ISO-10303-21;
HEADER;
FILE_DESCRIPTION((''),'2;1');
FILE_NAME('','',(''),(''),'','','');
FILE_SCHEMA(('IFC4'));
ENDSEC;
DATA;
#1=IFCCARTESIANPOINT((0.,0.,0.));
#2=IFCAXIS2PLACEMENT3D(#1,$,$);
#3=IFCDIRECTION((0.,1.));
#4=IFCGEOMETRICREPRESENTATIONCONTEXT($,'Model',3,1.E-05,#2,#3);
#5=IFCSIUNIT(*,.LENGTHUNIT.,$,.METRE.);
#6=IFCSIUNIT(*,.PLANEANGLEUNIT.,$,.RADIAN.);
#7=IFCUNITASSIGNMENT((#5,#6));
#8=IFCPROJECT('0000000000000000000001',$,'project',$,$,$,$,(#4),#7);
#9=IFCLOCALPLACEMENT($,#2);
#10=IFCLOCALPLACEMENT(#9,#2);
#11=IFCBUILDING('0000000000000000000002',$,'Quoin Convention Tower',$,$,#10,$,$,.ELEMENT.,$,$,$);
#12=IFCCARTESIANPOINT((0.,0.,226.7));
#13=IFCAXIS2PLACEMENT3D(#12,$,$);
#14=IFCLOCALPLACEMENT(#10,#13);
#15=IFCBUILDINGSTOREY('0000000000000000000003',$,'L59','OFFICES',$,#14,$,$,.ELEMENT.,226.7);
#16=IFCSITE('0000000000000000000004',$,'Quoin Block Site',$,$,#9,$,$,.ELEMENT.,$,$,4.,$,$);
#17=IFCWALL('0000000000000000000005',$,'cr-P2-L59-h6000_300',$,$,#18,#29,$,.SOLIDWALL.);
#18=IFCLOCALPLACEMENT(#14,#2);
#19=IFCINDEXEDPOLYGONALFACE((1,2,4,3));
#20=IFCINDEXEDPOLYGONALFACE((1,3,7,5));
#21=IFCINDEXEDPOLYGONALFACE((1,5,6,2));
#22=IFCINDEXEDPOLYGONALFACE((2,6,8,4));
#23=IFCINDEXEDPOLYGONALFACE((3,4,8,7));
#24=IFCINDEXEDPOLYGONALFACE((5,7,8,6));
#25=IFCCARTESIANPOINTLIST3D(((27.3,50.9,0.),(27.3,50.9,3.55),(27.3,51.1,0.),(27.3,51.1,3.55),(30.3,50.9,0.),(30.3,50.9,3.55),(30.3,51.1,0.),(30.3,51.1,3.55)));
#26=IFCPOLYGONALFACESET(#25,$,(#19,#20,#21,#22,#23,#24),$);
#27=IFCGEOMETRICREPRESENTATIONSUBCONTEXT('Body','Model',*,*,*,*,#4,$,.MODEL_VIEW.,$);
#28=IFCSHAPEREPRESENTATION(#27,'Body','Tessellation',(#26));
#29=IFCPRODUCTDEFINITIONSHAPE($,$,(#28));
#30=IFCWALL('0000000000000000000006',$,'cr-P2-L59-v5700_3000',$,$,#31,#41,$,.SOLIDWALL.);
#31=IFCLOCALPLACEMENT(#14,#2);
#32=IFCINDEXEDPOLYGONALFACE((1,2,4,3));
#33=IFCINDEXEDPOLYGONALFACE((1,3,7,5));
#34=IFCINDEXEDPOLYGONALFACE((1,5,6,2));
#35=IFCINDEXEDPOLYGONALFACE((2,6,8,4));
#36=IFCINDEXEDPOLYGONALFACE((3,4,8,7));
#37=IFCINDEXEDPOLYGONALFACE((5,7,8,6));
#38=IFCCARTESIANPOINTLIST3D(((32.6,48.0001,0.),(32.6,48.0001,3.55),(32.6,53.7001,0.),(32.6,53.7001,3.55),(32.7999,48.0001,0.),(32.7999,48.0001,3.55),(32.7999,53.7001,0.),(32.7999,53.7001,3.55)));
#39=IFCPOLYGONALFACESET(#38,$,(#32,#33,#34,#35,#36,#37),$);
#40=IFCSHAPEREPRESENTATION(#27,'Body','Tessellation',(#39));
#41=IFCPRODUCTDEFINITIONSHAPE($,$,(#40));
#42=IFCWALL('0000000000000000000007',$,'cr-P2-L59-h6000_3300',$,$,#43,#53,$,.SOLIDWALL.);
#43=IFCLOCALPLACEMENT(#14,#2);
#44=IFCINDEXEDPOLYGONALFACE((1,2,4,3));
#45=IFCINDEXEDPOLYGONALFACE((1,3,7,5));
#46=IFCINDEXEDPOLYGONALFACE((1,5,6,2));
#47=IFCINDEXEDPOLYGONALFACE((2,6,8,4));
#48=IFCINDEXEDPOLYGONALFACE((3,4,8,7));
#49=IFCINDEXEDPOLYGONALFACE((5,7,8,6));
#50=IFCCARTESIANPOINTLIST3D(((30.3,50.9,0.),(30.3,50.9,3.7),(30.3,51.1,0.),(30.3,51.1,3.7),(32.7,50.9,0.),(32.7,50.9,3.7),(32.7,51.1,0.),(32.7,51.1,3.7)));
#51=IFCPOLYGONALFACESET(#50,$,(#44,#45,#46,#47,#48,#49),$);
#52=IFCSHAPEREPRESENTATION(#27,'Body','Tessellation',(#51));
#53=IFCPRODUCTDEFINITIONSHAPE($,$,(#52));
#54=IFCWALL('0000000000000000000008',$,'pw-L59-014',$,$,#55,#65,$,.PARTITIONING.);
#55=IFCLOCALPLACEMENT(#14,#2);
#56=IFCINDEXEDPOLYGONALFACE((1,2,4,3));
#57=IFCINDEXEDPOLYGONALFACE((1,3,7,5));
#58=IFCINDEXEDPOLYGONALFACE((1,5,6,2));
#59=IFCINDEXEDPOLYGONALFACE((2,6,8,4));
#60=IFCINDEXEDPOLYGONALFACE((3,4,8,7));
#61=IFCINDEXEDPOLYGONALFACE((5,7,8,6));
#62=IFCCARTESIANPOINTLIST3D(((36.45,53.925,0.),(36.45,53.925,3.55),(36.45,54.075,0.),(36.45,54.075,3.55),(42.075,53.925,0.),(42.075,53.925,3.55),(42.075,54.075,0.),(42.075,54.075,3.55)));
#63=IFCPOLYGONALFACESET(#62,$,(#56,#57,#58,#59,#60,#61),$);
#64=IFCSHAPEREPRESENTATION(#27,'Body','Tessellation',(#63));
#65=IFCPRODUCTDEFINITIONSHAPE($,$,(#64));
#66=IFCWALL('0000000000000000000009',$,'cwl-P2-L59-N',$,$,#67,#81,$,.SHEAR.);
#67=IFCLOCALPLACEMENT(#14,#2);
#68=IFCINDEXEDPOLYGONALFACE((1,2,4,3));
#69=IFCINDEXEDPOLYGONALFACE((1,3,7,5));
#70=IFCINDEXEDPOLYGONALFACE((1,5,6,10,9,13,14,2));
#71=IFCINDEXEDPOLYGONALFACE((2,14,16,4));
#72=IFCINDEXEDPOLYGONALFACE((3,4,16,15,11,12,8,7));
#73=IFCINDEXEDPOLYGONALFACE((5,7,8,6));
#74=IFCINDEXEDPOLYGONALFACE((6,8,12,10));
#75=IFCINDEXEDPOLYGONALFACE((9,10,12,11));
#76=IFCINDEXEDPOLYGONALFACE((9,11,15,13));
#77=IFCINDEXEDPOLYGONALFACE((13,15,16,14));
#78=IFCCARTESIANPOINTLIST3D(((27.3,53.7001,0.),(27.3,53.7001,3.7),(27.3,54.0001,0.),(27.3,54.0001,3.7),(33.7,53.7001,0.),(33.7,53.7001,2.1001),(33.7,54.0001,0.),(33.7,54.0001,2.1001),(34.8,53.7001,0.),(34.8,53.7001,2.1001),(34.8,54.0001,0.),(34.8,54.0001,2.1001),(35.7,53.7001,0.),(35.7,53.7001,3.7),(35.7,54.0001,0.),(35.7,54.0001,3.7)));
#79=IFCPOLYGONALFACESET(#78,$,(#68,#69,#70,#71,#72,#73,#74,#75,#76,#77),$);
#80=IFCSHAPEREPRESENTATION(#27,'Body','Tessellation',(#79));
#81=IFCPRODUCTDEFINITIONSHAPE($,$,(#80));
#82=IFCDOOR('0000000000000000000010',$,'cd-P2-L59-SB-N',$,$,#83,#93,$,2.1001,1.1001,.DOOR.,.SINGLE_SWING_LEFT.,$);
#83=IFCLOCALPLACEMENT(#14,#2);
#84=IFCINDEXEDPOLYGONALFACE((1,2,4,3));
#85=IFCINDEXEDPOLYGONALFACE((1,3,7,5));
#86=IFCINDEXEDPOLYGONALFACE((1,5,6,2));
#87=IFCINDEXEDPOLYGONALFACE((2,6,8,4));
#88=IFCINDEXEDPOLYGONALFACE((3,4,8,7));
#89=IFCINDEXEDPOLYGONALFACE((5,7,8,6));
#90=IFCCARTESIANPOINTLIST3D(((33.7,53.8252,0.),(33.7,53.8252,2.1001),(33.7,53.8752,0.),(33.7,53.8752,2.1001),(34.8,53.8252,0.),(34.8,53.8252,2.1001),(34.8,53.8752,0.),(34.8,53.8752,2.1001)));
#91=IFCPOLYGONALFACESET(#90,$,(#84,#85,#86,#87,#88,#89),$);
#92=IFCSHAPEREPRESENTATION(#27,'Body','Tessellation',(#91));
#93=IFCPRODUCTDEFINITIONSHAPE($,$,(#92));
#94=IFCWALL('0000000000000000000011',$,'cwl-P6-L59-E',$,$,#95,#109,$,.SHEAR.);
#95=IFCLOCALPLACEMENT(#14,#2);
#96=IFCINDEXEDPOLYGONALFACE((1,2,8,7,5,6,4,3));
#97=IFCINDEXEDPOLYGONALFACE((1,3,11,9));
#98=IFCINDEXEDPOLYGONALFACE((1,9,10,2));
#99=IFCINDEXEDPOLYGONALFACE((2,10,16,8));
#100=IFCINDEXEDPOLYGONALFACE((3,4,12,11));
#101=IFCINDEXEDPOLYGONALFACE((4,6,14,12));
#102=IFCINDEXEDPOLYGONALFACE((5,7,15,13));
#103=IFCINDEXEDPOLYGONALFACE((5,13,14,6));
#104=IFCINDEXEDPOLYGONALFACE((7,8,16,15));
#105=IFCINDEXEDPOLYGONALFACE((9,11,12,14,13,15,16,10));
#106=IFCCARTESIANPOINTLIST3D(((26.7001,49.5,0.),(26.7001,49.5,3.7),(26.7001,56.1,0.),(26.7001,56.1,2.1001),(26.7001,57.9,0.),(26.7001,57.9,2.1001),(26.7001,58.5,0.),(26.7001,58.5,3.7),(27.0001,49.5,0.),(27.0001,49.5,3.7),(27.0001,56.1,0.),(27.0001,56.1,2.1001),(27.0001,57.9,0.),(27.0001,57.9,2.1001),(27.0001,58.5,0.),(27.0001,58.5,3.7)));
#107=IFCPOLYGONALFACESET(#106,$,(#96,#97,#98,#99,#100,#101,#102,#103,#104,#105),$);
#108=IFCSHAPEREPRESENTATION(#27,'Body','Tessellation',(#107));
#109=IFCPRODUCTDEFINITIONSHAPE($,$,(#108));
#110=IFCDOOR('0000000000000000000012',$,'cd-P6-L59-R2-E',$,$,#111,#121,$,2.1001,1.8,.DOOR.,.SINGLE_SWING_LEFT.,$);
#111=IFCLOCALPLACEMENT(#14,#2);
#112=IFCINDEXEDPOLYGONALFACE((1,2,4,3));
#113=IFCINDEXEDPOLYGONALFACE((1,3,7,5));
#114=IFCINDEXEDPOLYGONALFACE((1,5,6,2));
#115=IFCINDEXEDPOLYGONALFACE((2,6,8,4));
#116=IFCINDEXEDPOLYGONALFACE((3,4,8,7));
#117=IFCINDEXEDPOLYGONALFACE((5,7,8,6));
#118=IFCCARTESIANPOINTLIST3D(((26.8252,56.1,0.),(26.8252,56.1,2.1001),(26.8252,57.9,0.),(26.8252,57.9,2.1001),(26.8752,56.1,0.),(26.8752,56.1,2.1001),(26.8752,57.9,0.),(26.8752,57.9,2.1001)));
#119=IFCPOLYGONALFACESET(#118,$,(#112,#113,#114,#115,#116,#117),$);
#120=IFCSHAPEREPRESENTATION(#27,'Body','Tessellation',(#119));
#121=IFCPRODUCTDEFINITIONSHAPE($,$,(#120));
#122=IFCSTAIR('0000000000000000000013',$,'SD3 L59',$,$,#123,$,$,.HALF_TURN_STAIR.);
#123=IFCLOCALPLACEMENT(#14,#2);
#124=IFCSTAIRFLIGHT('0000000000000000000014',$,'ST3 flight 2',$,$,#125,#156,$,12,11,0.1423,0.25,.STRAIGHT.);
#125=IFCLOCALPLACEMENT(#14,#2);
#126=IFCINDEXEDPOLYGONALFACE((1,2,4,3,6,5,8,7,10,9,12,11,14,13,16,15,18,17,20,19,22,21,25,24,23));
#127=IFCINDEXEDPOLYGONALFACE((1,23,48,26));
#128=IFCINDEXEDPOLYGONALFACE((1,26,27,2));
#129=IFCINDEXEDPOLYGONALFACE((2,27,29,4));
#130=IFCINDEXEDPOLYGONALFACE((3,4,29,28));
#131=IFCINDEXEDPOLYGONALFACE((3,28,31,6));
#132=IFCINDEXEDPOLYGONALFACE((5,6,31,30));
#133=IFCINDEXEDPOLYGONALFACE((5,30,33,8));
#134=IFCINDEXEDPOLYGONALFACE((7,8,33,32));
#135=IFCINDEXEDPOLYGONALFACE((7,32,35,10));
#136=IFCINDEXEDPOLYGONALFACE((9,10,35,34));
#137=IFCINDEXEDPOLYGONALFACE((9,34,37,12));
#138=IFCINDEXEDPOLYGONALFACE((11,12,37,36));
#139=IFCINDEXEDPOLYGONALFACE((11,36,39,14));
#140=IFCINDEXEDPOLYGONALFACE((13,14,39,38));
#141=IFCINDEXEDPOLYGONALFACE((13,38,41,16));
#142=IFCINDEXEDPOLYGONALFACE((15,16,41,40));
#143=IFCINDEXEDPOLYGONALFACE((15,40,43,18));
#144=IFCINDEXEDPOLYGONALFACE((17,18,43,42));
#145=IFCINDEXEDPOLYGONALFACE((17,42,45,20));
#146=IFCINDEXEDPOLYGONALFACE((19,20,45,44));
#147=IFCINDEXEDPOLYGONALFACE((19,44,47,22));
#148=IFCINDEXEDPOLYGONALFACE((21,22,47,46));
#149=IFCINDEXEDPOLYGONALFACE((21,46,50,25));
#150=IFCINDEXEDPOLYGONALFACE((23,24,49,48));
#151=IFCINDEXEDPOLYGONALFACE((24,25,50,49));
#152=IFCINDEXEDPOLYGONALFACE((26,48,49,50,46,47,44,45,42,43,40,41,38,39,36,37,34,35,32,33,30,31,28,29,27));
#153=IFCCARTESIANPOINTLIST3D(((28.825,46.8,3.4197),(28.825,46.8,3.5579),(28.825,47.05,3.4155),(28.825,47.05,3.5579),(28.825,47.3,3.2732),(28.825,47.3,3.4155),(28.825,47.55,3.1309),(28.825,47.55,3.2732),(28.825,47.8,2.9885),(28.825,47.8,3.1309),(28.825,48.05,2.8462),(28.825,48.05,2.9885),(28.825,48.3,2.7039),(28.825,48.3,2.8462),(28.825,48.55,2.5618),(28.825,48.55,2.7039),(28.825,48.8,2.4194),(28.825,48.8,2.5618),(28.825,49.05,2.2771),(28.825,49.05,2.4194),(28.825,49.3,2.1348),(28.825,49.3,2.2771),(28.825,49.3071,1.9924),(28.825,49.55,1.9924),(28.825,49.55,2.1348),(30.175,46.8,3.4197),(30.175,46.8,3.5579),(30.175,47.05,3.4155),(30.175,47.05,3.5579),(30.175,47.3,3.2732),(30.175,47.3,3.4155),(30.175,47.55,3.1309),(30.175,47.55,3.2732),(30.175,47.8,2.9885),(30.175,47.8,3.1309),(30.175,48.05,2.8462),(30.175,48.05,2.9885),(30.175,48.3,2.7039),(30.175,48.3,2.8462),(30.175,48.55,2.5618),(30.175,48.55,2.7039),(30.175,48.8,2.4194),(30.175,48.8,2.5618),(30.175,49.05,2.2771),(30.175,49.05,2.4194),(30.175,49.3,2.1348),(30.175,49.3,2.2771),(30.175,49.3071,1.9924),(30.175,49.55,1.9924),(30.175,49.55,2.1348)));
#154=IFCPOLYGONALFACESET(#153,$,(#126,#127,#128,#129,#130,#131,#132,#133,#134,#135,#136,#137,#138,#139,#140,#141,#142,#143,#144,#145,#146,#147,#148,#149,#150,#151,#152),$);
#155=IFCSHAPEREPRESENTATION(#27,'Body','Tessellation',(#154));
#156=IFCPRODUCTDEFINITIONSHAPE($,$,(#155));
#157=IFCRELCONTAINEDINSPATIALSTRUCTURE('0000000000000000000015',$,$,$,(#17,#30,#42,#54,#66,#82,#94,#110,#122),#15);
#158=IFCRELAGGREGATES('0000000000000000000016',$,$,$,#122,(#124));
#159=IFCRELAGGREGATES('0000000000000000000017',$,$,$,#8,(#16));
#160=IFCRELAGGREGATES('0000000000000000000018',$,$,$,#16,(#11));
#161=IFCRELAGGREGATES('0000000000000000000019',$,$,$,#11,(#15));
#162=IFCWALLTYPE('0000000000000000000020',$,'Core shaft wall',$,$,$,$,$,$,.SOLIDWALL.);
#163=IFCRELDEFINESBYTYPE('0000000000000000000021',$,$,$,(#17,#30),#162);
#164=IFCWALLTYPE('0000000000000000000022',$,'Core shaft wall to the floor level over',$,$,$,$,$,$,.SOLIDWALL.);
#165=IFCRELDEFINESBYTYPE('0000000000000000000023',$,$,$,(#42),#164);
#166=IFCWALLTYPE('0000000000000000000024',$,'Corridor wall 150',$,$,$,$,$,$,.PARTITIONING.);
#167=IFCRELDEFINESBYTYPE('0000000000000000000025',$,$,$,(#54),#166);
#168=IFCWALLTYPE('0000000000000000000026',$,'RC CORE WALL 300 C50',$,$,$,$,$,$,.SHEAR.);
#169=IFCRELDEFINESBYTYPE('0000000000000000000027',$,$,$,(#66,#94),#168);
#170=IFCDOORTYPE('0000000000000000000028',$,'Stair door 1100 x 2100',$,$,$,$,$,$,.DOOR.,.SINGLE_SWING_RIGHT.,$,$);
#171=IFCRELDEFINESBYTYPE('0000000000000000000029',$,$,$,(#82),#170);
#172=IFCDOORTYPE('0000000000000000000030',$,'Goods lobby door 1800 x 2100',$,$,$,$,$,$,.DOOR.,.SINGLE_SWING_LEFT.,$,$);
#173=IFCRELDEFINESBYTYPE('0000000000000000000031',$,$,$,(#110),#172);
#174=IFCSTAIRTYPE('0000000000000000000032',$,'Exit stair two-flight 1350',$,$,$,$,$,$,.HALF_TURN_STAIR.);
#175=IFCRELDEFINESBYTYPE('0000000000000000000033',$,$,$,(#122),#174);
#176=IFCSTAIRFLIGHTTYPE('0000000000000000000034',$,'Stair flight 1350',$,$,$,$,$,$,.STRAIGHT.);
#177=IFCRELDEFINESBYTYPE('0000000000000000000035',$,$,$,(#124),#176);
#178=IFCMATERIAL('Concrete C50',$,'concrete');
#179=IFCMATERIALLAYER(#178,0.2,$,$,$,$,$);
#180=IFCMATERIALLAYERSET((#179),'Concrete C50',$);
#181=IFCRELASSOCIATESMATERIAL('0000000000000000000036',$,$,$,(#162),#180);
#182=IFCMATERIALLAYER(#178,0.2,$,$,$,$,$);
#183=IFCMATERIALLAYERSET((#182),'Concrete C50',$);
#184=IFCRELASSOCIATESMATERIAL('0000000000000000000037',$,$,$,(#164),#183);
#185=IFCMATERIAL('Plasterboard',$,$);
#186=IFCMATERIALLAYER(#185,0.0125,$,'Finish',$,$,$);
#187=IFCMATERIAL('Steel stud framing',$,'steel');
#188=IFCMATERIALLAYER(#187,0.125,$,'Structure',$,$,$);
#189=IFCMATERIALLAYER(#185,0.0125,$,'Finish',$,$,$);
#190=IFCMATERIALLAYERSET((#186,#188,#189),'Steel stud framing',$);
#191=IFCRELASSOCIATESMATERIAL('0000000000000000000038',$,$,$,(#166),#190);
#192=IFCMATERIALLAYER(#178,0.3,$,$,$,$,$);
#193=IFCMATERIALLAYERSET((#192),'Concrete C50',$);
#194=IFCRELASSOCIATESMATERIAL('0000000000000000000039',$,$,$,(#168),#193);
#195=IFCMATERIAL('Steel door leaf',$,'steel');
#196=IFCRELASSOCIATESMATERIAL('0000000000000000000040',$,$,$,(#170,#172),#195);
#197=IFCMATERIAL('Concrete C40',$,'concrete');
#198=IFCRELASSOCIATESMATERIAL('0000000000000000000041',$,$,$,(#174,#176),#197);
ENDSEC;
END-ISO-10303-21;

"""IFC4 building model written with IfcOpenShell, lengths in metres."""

from ifc_helpers import new_model, si_unit, direction, frame, frame_2d, origin, place, context, subcontext, project, spatial, polyline, rectangle, outline, extrude, material, layer, layer_set, type_object, element, fill, aggregate, save


model = new_model("IFC4")

# Units and contexts
model_context = context("Model", 3, precision=1e-05, world=origin(), true_north=direction((0.0, 1.0)))
body_context = subcontext(model_context, "Body", "Model", "MODEL_VIEW")
ifc_project = project(units=[si_unit("LENGTHUNIT", "METRE"), si_unit("PLANEANGLEUNIT", "RADIAN")], contexts=[model_context])

# Site, building, storey
site_placement = place(None, origin())
site = spatial("IfcSite", under=ifc_project, at=site_placement, Name="Quoin Block Site", CompositionType="ELEMENT", RefElevation=4.0)
building_placement = place(site_placement, origin())
building = spatial("IfcBuilding", under=site, at=building_placement, Name="Quoin Convention Tower", CompositionType="ELEMENT")
storey_placement = place(building_placement, frame((0.0, 0.0, 226.7)))
storey = spatial("IfcBuildingStorey", under=building, at=storey_placement, Name="L59", Description="OFFICES", CompositionType="ELEMENT", Elevation=226.7)

# Shared definitions
ifc_material_1 = material(Name="Concrete C50", Category="concrete")

# Walls
ifc_layer_1 = layer(ifc_material_1, 0.2)
ifc_layer_set_1 = layer_set([ifc_layer_1], Name="Concrete C50")
wall_type_1 = type_object("IfcWallType", Name="Core shaft wall", PredefinedType="SOLIDWALL", material=ifc_layer_set_1)
wall_1_placement = place(storey_placement, frame((27.3, 51.0, 0.0), z_axis=(0.0, 0.0, 1.0), x_axis=(1.0, 0.0, 0.0)))
element("IfcWall", 1, at=wall_1_placement, inside=storey, type_object=wall_type_1, Name="cr-P2-L59-h6000_300", PredefinedType="SOLIDWALL", context=body_context, shape_type="SweptSolid", body=[
    extrude(rectangle(XDim=3.0, YDim=0.2, at=frame_2d((1.5, 0.0))), origin(), (0.0, 0.0, 1.0), 3.55),
])
wall_2_placement = place(storey_placement, frame((32.7, 48.0, 0.0), z_axis=(0.0, 0.0, 1.0), x_axis=(0.0, 1.0, 0.0)))
element("IfcWall", 2, at=wall_2_placement, inside=storey, type_object=wall_type_1, Name="cr-P2-L59-v5700_3000", PredefinedType="SOLIDWALL", context=body_context, shape_type="SweptSolid", body=[
    extrude(rectangle(XDim=5.7, YDim=0.2, at=frame_2d((2.8501, 0.0))), origin(), (0.0, 0.0, 1.0), 3.55),
])
ifc_layer_2 = layer(ifc_material_1, 0.2)
ifc_layer_set_2 = layer_set([ifc_layer_2], Name="Concrete C50")
wall_type_2 = type_object("IfcWallType", Name="Core shaft wall to the floor level over", PredefinedType="SOLIDWALL", material=ifc_layer_set_2)
wall_3_placement = place(storey_placement, frame((30.3, 51.0, 0.0), z_axis=(0.0, 0.0, 1.0), x_axis=(1.0, 0.0, 0.0)))
element("IfcWall", 3, at=wall_3_placement, inside=storey, type_object=wall_type_2, Name="cr-P2-L59-h6000_3300", PredefinedType="SOLIDWALL", context=body_context, shape_type="SweptSolid", body=[
    extrude(rectangle(XDim=2.3999, YDim=0.2, at=frame_2d((1.2, 0.0))), origin(), (0.0, 0.0, 1.0), 3.7),
])
ifc_material_2 = material(Name="Plasterboard")
ifc_layer_3 = layer(ifc_material_2, 0.0125, Name="Finish")
ifc_material_3 = material(Name="Steel stud framing", Category="steel")
ifc_layer_4 = layer(ifc_material_3, 0.125, Name="Structure")
ifc_layer_5 = layer(ifc_material_2, 0.0125, Name="Finish")
ifc_layer_set_3 = layer_set([ifc_layer_3, ifc_layer_4, ifc_layer_5], Name="Steel stud framing")
wall_type_3 = type_object("IfcWallType", Name="Corridor wall 150", PredefinedType="PARTITIONING", material=ifc_layer_set_3)
wall_4_placement = place(storey_placement, frame((36.45, 54.0, 0.0), z_axis=(0.0, 0.0, 1.0), x_axis=(1.0, 0.0, 0.0)))
element("IfcWall", 4, at=wall_4_placement, inside=storey, type_object=wall_type_3, Name="pw-L59-014", PredefinedType="PARTITIONING", context=body_context, shape_type="SweptSolid", body=[
    extrude(rectangle(XDim=5.625, YDim=0.1499, at=frame_2d((2.8125, 0.0))), origin(), (0.0, 0.0, 1.0), 3.55),
])

# Walls, openings, doors
ifc_layer_6 = layer(ifc_material_1, 0.3)
ifc_layer_set_4 = layer_set([ifc_layer_6], Name="Concrete C50")
wall_type_4 = type_object("IfcWallType", Name="RC CORE WALL 300 C50", PredefinedType="SHEAR", material=ifc_layer_set_4)
wall_5_placement = place(storey_placement, frame((27.3, 53.8501, 0.0), z_axis=(0.0, 0.0, 1.0), x_axis=(1.0, 0.0, 0.0)))
wall_5 = element("IfcWall", 5, at=wall_5_placement, inside=storey, type_object=wall_type_4, Name="cwl-P2-L59-N", PredefinedType="SHEAR", context=body_context, shape_type="SweptSolid", body=[
    extrude(rectangle(XDim=8.3999, YDim=0.3, at=frame_2d((4.2, 0.0))), origin(), (0.0, 0.0, 1.0), 3.7),
])
opening_1_placement = place(wall_5_placement, frame((6.3999, 0.0, 0.0)))
opening_1 = element("IfcOpeningElement", 6, at=opening_1_placement, cuts=wall_5, PredefinedType="OPENING", context=body_context, shape_type="SweptSolid", body=[
    extrude(rectangle(XDim=1.1001, YDim=2.1001, at=frame_2d((0.55, 1.05))), frame((0.0, 0.1599, 0.0), z_axis=(0.0, -1.0, 0.0), x_axis=(1.0, 0.0, 0.0)), (0.0, 0.0, 1.0), 0.3201),
])
ifc_material_4 = material(Name="Steel door leaf", Category="steel")
door_type_1 = type_object("IfcDoorType", Name="Stair door 1100 x 2100", OperationType="SINGLE_SWING_RIGHT", PredefinedType="DOOR", material=ifc_material_4)
door_1_placement = place(opening_1_placement, frame((1.1001, 0.0, 0.0), z_axis=(0.0, 0.0, 1.0), x_axis=(-1.0, 0.0, 0.0)))
door_1 = element("IfcDoor", 7, at=door_1_placement, inside=storey, type_object=door_type_1, Name="cd-P2-L59-SB-N", OperationType="SINGLE_SWING_LEFT", OverallHeight=2.1001, OverallWidth=1.1001, PredefinedType="DOOR", context=body_context, shape_type="SweptSolid", body=[
    extrude(rectangle(XDim=1.1001, YDim=2.1001, at=frame_2d((0.55, 1.05))), frame((0.0, 0.0249, 0.0), z_axis=(0.0, -1.0, 0.0), x_axis=(1.0, 0.0, 0.0)), (0.0, 0.0, 1.0), 0.05),
])
fill(opening_1, door_1)
wall_6_placement = place(storey_placement, frame((26.8501, 49.5, 0.0), z_axis=(0.0, 0.0, 1.0), x_axis=(0.0, 1.0, 0.0)))
wall_6 = element("IfcWall", 8, at=wall_6_placement, inside=storey, type_object=wall_type_4, Name="cwl-P6-L59-E", PredefinedType="SHEAR", context=body_context, shape_type="SweptSolid", body=[
    extrude(rectangle(XDim=9.0, YDim=0.3, at=frame_2d((4.5, 0.0))), origin(), (0.0, 0.0, 1.0), 3.7),
])
opening_2_placement = place(wall_6_placement, frame((6.6001, 0.0, 0.0)))
opening_2 = element("IfcOpeningElement", 9, at=opening_2_placement, cuts=wall_6, PredefinedType="OPENING", context=body_context, shape_type="SweptSolid", body=[
    extrude(rectangle(XDim=1.8, YDim=2.1001, at=frame_2d((0.8999, 1.05))), frame((0.0, 0.1599, 0.0), z_axis=(0.0, -1.0, 0.0), x_axis=(1.0, 0.0, 0.0)), (0.0, 0.0, 1.0), 0.3201),
])
door_type_2 = type_object("IfcDoorType", Name="Goods lobby door 1800 x 2100", OperationType="SINGLE_SWING_LEFT", PredefinedType="DOOR", material=ifc_material_4)
door_2_placement = place(opening_2_placement, origin())
door_2 = element("IfcDoor", 10, at=door_2_placement, inside=storey, type_object=door_type_2, Name="cd-P6-L59-R2-E", OperationType="SINGLE_SWING_LEFT", OverallHeight=2.1001, OverallWidth=1.8, PredefinedType="DOOR", context=body_context, shape_type="SweptSolid", body=[
    extrude(rectangle(XDim=1.8, YDim=2.1001, at=frame_2d((0.8999, 1.05))), frame((0.0, 0.0249, 0.0), z_axis=(0.0, -1.0, 0.0), x_axis=(1.0, 0.0, 0.0)), (0.0, 0.0, 1.0), 0.05),
])
fill(opening_2, door_2)

# Stair, stair flight
ifc_material_5 = material(Name="Concrete C40", Category="concrete")
stair_type_1 = type_object("IfcStairType", Name="Exit stair two-flight 1350", PredefinedType="HALF_TURN_STAIR", material=ifc_material_5)
stair_1_placement = place(storey_placement, origin())
stair_1 = element("IfcStair", 11, at=stair_1_placement, inside=storey, type_object=stair_type_1, Name="SD3 L59", PredefinedType="HALF_TURN_STAIR")
stair_flight_type_1 = type_object("IfcStairFlightType", Name="Stair flight 1350", PredefinedType="STRAIGHT", material=ifc_material_5)
stair_flight_1_placement = place(storey_placement, frame((29.5, 49.55, 1.9924), z_axis=(0.0, 0.0, 1.0), x_axis=(0.0, -1.0, 0.0)))
stair_flight_1 = element("IfcStairFlight", 12, at=stair_flight_1_placement, type_object=stair_flight_type_1, Name="ST3 flight 2", NumberOfRisers=12, NumberOfTreads=11, PredefinedType="STRAIGHT", RiserHeight=0.1423, TreadLength=0.25, context=body_context, shape_type="SweptSolid", body=[
    extrude(outline(polyline([(0.0, 0.0), (0.0, 0.1423), (0.25, 0.1423), (0.25, 0.2847), (0.5, 0.2847), (0.5, 0.427), (0.75, 0.427), (0.75, 0.5693), (1.0, 0.5693), (1.0, 0.7114), (1.25, 0.7114), (1.25, 0.8538), (1.5, 0.8538), (1.5, 0.9961), (1.75, 0.9961), (1.75, 1.1384), (2.0, 1.1384), (2.0, 1.2808), (2.25, 1.2808), (2.25, 1.4231), (2.5, 1.4231), (2.5, 1.5654), (2.75, 1.5654), (2.75, 1.7078), (2.75, 1.4272), (0.2429, 0.0), (0.0, 0.0)])), frame((0.0, 0.675, 0.0), z_axis=(0.0, -1.0, 0.0), x_axis=(1.0, 0.0, 0.0)), (0.0, 0.0, 1.0), 1.3501),
])
aggregate(stair_1, [stair_flight_1])

save(model, "model.ifc")
